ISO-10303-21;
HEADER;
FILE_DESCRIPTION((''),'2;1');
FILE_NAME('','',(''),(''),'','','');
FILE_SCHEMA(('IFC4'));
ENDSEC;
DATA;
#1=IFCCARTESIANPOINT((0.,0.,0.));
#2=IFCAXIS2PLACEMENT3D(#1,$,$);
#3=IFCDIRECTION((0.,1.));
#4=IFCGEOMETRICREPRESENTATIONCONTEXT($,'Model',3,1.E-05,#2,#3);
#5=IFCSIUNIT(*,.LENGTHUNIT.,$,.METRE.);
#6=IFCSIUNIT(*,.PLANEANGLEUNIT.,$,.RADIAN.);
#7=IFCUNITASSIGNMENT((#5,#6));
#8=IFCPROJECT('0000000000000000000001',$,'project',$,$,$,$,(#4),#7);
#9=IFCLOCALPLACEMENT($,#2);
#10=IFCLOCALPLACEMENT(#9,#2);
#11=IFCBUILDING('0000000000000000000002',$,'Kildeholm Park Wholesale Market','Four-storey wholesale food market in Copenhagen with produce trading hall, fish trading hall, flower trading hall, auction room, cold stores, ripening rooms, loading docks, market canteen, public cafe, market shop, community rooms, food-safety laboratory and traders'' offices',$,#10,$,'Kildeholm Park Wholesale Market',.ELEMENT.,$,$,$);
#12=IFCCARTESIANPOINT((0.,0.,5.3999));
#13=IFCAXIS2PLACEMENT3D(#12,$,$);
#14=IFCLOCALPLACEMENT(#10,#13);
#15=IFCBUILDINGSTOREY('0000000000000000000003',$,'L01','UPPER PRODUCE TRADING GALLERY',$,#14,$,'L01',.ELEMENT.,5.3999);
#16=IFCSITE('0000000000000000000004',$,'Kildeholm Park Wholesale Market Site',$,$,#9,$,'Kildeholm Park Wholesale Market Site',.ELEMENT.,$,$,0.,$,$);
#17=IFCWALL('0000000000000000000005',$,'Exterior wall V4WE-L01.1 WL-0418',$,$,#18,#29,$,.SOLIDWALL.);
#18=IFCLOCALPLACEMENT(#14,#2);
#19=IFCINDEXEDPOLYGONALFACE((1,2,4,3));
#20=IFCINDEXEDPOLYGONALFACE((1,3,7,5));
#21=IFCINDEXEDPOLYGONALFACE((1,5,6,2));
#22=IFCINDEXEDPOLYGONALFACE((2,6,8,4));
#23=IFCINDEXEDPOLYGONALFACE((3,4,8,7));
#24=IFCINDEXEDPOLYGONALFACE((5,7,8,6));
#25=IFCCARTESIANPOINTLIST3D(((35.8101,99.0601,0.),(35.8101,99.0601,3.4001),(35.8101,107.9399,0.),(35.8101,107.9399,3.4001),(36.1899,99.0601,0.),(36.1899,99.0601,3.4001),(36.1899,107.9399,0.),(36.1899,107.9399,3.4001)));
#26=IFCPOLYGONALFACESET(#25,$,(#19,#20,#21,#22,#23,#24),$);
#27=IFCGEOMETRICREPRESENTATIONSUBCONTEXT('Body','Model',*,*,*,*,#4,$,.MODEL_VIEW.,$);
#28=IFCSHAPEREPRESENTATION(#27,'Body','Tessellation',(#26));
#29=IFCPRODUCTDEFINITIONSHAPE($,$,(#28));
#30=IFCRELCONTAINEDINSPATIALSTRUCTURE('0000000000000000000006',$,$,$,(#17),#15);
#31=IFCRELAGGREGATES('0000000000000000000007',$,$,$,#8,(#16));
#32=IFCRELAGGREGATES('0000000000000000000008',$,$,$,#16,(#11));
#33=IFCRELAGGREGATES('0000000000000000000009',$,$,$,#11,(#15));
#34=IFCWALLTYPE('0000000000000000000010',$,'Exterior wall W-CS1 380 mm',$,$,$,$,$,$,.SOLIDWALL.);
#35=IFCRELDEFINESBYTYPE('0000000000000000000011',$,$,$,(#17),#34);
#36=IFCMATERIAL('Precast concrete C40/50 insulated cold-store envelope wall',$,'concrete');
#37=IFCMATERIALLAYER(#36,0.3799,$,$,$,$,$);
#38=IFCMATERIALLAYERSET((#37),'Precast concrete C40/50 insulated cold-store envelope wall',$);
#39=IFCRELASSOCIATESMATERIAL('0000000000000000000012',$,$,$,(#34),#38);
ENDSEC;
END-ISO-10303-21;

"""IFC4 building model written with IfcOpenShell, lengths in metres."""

from ifc_helpers import new_model, si_unit, direction, frame, frame_2d, origin, place, context, subcontext, project, spatial, rectangle, extrude, material, layer, layer_set, type_object, element, save


model = new_model("IFC4")

# Units and contexts
model_context = context("Model", 3, precision=1e-05, world=origin(), true_north=direction((0.0, 1.0)))
body_context = subcontext(model_context, "Body", "Model", "MODEL_VIEW")
ifc_project = project(units=[si_unit("LENGTHUNIT", "METRE"), si_unit("PLANEANGLEUNIT", "RADIAN")], contexts=[model_context])

# Site, building, storey
site_placement = place(None, origin())
site = spatial("IfcSite", under=ifc_project, at=site_placement, Name="Kildeholm Park Wholesale Market Site", LongName="Kildeholm Park Wholesale Market Site", CompositionType="ELEMENT", RefElevation=0.0)
building_placement = place(site_placement, origin())
building = spatial("IfcBuilding", under=site, at=building_placement, Name="Kildeholm Park Wholesale Market", Description="Four-storey wholesale food market in Copenhagen with produce trading hall, fish trading hall, flower trading hall, auction room, cold stores, ripening rooms, loading docks, market canteen, public cafe, market shop, community rooms, food-safety laboratory and traders' offices", LongName="Kildeholm Park Wholesale Market", CompositionType="ELEMENT")
storey_placement = place(building_placement, frame((0.0, 0.0, 5.3999)))
storey = spatial("IfcBuildingStorey", under=building, at=storey_placement, Name="L01", Description="UPPER PRODUCE TRADING GALLERY", LongName="L01", CompositionType="ELEMENT", Elevation=5.3999)

# Wall
ifc_material_1 = material(Name="Precast concrete C40/50 insulated cold-store envelope wall", Category="concrete")
ifc_layer_1 = layer(ifc_material_1, 0.3799)
ifc_layer_set_1 = layer_set([ifc_layer_1], Name="Precast concrete C40/50 insulated cold-store envelope wall")
wall_type = type_object("IfcWallType", Name="Exterior wall W-CS1 380 mm", PredefinedType="SOLIDWALL", material=ifc_layer_set_1)
wall_placement = place(storey_placement, frame((36.0, 99.0601, 0.0), z_axis=(0.0, 0.0, 1.0), x_axis=(0.0, 1.0, 0.0)))
element("IfcWall", 1, at=wall_placement, inside=storey, type_object=wall_type, Name="Exterior wall V4WE-L01.1 WL-0418", PredefinedType="SOLIDWALL", context=body_context, shape_type="SweptSolid", body=[
    extrude(rectangle(XDim=8.8799, YDim=0.3799, at=frame_2d((4.4399, 0.0))), origin(), (0.0, 0.0, 1.0), 3.4001),
])

save(model, "model.ifc")
